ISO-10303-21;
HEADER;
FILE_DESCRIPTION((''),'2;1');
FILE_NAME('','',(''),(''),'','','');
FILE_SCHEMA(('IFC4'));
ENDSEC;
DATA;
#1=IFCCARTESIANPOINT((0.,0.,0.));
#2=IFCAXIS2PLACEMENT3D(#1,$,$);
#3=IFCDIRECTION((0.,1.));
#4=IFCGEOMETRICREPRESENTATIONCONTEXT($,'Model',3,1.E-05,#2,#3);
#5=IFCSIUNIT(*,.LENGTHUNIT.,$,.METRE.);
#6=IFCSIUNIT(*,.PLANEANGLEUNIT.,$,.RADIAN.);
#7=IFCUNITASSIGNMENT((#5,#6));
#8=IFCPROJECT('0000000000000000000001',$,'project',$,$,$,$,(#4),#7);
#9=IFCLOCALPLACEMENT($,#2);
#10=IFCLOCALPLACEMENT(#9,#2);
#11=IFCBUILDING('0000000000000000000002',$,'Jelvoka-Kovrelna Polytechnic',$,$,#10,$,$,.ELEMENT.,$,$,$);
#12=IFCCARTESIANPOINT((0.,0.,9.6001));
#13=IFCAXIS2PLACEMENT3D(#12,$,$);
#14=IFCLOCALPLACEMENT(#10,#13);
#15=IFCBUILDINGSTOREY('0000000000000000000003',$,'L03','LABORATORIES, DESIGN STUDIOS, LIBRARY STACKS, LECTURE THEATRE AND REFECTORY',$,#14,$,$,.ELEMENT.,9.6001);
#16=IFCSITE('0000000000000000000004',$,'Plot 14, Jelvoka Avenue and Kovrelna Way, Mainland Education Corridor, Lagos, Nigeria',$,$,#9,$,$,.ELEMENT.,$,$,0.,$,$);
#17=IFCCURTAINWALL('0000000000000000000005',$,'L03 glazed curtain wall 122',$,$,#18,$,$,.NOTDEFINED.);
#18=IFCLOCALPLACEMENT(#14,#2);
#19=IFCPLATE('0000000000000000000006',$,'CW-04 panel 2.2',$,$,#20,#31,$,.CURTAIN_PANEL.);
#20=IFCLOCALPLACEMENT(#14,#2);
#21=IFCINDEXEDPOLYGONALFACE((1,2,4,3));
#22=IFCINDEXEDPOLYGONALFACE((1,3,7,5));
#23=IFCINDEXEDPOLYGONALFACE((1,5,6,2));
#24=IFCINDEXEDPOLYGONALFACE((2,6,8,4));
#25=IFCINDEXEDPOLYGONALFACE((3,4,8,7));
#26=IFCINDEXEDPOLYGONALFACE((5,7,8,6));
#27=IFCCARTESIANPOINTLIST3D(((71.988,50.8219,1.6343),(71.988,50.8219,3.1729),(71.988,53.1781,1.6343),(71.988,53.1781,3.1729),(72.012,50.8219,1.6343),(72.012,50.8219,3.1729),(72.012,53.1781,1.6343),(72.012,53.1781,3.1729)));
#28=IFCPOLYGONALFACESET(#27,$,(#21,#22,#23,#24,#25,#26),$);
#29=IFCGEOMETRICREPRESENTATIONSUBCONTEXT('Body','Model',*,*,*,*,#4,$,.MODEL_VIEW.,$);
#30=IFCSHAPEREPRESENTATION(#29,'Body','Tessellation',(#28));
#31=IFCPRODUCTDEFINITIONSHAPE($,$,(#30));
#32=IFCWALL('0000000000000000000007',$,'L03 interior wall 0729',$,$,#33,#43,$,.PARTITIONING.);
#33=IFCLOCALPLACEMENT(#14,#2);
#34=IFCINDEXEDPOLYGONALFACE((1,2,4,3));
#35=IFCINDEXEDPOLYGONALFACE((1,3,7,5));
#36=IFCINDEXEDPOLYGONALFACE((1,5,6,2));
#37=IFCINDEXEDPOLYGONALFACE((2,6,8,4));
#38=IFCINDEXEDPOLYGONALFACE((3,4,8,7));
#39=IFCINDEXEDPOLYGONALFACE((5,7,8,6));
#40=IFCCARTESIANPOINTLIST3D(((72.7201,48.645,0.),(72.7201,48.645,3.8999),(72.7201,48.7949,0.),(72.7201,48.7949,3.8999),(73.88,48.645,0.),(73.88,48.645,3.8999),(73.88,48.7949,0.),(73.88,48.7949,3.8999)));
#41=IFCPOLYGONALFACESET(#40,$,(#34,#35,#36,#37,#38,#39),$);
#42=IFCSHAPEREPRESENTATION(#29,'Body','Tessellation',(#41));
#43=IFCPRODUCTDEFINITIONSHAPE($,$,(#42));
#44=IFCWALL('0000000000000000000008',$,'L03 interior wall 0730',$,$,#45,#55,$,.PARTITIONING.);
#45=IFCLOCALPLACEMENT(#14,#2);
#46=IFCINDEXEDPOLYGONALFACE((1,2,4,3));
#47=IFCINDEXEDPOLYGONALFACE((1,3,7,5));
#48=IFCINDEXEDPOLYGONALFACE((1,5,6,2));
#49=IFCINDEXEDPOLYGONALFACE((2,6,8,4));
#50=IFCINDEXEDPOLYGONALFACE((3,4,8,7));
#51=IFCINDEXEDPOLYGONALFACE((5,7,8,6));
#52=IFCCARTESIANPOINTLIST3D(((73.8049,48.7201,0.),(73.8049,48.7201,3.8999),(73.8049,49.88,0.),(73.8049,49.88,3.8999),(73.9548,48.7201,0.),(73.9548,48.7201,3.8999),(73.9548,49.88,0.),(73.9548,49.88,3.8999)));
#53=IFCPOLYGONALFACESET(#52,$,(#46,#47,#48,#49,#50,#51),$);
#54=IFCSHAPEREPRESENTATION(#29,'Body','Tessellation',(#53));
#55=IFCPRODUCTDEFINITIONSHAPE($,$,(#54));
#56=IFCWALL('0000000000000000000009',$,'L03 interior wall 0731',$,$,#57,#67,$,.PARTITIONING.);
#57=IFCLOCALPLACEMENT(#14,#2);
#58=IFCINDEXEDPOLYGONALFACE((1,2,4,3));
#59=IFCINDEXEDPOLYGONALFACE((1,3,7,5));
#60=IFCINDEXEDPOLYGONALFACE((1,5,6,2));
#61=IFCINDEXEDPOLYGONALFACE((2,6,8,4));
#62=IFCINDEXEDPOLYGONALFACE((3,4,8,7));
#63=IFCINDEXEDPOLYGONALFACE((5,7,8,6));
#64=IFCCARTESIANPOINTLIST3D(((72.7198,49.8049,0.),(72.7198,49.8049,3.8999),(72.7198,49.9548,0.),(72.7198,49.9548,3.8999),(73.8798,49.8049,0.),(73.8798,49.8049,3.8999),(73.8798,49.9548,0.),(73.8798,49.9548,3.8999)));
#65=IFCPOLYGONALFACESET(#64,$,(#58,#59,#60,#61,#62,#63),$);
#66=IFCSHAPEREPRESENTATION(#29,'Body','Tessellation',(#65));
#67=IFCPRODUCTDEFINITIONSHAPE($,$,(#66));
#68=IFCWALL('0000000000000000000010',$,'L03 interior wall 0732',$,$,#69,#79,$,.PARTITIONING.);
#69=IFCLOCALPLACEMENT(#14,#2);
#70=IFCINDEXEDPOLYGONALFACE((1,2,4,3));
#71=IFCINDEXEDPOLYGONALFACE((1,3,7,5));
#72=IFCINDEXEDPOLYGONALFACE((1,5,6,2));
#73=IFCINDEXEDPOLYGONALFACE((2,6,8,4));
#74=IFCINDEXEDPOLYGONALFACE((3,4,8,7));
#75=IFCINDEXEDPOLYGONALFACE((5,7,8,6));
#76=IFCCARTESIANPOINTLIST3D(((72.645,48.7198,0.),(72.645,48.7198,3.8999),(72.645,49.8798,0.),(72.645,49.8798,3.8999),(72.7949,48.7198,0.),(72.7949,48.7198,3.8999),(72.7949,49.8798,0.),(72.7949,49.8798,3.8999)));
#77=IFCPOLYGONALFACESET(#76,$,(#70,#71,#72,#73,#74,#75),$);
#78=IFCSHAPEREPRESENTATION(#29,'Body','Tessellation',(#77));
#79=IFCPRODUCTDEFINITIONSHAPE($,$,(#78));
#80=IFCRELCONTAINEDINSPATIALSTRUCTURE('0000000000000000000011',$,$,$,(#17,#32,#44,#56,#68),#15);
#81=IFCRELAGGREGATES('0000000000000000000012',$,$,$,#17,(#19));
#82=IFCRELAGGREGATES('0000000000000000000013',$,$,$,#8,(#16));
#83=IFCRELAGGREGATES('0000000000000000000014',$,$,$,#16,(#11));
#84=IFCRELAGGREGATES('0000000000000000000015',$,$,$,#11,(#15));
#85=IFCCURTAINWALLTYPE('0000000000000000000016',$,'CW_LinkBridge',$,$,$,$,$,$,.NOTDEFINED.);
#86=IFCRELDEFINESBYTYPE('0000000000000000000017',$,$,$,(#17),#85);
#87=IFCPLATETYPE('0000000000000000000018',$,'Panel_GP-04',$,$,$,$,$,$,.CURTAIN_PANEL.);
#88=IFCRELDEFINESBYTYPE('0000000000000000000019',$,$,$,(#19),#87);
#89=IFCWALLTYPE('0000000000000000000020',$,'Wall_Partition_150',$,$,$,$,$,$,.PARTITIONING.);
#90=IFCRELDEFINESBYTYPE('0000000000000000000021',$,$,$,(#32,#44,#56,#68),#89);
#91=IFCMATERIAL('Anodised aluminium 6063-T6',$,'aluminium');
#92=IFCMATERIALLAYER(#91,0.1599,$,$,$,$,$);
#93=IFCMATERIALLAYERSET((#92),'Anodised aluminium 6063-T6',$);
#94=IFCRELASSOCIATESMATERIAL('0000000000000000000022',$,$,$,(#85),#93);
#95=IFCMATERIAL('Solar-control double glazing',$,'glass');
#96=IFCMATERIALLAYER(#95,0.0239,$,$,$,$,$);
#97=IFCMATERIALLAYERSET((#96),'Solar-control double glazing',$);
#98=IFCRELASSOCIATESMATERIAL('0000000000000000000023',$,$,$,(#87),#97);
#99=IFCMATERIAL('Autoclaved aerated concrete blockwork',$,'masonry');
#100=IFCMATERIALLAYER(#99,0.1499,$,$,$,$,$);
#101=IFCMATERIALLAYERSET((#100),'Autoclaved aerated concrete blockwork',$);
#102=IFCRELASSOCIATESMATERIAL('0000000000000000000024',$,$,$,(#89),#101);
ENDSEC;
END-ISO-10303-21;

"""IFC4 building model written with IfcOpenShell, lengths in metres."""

from ifc_helpers import new_model, si_unit, direction, frame, frame_2d, origin, origin_2d, place, context, subcontext, project, spatial, rectangle, extrude, material, layer, layer_set, type_object, element, aggregate, save


model = new_model("IFC4")

# Units and contexts
model_context = context("Model", 3, precision=1e-05, world=origin(), true_north=direction((0.0, 1.0)))
body_context = subcontext(model_context, "Body", "Model", "MODEL_VIEW")
ifc_project = project(units=[si_unit("LENGTHUNIT", "METRE"), si_unit("PLANEANGLEUNIT", "RADIAN")], contexts=[model_context])

# Site, building, storey
site_placement = place(None, origin())
site = spatial("IfcSite", under=ifc_project, at=site_placement, Name="Plot 14, Jelvoka Avenue and Kovrelna Way, Mainland Education Corridor, Lagos, Nigeria", CompositionType="ELEMENT", RefElevation=0.0)
building_placement = place(site_placement, origin())
building = spatial("IfcBuilding", under=site, at=building_placement, Name="Jelvoka-Kovrelna Polytechnic", CompositionType="ELEMENT")
storey_placement = place(building_placement, frame((0.0, 0.0, 9.6001)))
storey = spatial("IfcBuildingStorey", under=building, at=storey_placement, Name="L03", Description="LABORATORIES, DESIGN STUDIOS, LIBRARY STACKS, LECTURE THEATRE AND REFECTORY", CompositionType="ELEMENT", Elevation=9.6001)

# Curtain wall
ifc_material_1 = material(Name="Anodised aluminium 6063-T6", Category="aluminium")
ifc_layer_1 = layer(ifc_material_1, 0.1599)
ifc_layer_set_1 = layer_set([ifc_layer_1], Name="Anodised aluminium 6063-T6")
curtain_wall_type_1 = type_object("IfcCurtainWallType", Name="CW_LinkBridge", PredefinedType="NOTDEFINED", material=ifc_layer_set_1)
curtain_wall_1_placement = place(storey_placement, origin())
curtain_wall_1 = element("IfcCurtainWall", 1, at=curtain_wall_1_placement, inside=storey, type_object=curtain_wall_type_1, Name="L03 glazed curtain wall 122", PredefinedType="NOTDEFINED")

# Plate
ifc_material_2 = material(Name="Solar-control double glazing", Category="glass")
ifc_layer_2 = layer(ifc_material_2, 0.0239)
ifc_layer_set_2 = layer_set([ifc_layer_2], Name="Solar-control double glazing")
plate_type_1 = type_object("IfcPlateType", Name="Panel_GP-04", PredefinedType="CURTAIN_PANEL", material=ifc_layer_set_2)
plate_1_placement = place(storey_placement, frame((72.0, 52.0, 1.6343), z_axis=(0.0, 0.0, 1.0), x_axis=(0.0, 1.0, 0.0)))
plate_1 = element("IfcPlate", 2, at=plate_1_placement, type_object=plate_type_1, Name="CW-04 panel 2.2", PredefinedType="CURTAIN_PANEL", context=body_context, shape_type="SweptSolid", body=[
    extrude(rectangle(XDim=2.3562, YDim=0.0239, at=origin_2d()), origin(), (0.0, 0.0, 1.0), 1.5386),
])
aggregate(curtain_wall_1, [plate_1])

# Walls
ifc_material_3 = material(Name="Autoclaved aerated concrete blockwork", Category="masonry")
ifc_layer_3 = layer(ifc_material_3, 0.1499)
ifc_layer_set_3 = layer_set([ifc_layer_3], Name="Autoclaved aerated concrete blockwork")
wall_type = type_object("IfcWallType", Name="Wall_Partition_150", PredefinedType="PARTITIONING", material=ifc_layer_set_3)
for number, where, z_axis, x_axis, name in (
    (3, (72.72, 48.72, 0.0), (0.0, 0.0, 1.0), (1.0, 0.0, 0.0), "L03 interior wall 0729"),
    (4, (73.8799, 48.72, 0.0), (0.0, 0.0, 1.0), (0.0, 1.0, 0.0), "L03 interior wall 0730"),
    (5, (73.8799, 49.8799, 0.0), (0.0, 0.0, 1.0), (-1.0, 0.0, 0.0), "L03 interior wall 0731"),
    (6, (72.72, 49.8799, 0.0), (0.0, 0.0, 1.0), (0.0, -1.0, 0.0), "L03 interior wall 0732"),
):
    element("IfcWall", number, at=place(storey_placement, frame(where, z_axis=z_axis, x_axis=x_axis)), inside=storey, type_object=wall_type, Name=name, PredefinedType="PARTITIONING", context=body_context, shape_type="SweptSolid", body=[
        extrude(rectangle(XDim=1.1599, YDim=0.1499, at=frame_2d((0.5801, 0.0))), origin(), (0.0, 0.0, 1.0), 3.8999),
    ])

save(model, "model.ifc")
